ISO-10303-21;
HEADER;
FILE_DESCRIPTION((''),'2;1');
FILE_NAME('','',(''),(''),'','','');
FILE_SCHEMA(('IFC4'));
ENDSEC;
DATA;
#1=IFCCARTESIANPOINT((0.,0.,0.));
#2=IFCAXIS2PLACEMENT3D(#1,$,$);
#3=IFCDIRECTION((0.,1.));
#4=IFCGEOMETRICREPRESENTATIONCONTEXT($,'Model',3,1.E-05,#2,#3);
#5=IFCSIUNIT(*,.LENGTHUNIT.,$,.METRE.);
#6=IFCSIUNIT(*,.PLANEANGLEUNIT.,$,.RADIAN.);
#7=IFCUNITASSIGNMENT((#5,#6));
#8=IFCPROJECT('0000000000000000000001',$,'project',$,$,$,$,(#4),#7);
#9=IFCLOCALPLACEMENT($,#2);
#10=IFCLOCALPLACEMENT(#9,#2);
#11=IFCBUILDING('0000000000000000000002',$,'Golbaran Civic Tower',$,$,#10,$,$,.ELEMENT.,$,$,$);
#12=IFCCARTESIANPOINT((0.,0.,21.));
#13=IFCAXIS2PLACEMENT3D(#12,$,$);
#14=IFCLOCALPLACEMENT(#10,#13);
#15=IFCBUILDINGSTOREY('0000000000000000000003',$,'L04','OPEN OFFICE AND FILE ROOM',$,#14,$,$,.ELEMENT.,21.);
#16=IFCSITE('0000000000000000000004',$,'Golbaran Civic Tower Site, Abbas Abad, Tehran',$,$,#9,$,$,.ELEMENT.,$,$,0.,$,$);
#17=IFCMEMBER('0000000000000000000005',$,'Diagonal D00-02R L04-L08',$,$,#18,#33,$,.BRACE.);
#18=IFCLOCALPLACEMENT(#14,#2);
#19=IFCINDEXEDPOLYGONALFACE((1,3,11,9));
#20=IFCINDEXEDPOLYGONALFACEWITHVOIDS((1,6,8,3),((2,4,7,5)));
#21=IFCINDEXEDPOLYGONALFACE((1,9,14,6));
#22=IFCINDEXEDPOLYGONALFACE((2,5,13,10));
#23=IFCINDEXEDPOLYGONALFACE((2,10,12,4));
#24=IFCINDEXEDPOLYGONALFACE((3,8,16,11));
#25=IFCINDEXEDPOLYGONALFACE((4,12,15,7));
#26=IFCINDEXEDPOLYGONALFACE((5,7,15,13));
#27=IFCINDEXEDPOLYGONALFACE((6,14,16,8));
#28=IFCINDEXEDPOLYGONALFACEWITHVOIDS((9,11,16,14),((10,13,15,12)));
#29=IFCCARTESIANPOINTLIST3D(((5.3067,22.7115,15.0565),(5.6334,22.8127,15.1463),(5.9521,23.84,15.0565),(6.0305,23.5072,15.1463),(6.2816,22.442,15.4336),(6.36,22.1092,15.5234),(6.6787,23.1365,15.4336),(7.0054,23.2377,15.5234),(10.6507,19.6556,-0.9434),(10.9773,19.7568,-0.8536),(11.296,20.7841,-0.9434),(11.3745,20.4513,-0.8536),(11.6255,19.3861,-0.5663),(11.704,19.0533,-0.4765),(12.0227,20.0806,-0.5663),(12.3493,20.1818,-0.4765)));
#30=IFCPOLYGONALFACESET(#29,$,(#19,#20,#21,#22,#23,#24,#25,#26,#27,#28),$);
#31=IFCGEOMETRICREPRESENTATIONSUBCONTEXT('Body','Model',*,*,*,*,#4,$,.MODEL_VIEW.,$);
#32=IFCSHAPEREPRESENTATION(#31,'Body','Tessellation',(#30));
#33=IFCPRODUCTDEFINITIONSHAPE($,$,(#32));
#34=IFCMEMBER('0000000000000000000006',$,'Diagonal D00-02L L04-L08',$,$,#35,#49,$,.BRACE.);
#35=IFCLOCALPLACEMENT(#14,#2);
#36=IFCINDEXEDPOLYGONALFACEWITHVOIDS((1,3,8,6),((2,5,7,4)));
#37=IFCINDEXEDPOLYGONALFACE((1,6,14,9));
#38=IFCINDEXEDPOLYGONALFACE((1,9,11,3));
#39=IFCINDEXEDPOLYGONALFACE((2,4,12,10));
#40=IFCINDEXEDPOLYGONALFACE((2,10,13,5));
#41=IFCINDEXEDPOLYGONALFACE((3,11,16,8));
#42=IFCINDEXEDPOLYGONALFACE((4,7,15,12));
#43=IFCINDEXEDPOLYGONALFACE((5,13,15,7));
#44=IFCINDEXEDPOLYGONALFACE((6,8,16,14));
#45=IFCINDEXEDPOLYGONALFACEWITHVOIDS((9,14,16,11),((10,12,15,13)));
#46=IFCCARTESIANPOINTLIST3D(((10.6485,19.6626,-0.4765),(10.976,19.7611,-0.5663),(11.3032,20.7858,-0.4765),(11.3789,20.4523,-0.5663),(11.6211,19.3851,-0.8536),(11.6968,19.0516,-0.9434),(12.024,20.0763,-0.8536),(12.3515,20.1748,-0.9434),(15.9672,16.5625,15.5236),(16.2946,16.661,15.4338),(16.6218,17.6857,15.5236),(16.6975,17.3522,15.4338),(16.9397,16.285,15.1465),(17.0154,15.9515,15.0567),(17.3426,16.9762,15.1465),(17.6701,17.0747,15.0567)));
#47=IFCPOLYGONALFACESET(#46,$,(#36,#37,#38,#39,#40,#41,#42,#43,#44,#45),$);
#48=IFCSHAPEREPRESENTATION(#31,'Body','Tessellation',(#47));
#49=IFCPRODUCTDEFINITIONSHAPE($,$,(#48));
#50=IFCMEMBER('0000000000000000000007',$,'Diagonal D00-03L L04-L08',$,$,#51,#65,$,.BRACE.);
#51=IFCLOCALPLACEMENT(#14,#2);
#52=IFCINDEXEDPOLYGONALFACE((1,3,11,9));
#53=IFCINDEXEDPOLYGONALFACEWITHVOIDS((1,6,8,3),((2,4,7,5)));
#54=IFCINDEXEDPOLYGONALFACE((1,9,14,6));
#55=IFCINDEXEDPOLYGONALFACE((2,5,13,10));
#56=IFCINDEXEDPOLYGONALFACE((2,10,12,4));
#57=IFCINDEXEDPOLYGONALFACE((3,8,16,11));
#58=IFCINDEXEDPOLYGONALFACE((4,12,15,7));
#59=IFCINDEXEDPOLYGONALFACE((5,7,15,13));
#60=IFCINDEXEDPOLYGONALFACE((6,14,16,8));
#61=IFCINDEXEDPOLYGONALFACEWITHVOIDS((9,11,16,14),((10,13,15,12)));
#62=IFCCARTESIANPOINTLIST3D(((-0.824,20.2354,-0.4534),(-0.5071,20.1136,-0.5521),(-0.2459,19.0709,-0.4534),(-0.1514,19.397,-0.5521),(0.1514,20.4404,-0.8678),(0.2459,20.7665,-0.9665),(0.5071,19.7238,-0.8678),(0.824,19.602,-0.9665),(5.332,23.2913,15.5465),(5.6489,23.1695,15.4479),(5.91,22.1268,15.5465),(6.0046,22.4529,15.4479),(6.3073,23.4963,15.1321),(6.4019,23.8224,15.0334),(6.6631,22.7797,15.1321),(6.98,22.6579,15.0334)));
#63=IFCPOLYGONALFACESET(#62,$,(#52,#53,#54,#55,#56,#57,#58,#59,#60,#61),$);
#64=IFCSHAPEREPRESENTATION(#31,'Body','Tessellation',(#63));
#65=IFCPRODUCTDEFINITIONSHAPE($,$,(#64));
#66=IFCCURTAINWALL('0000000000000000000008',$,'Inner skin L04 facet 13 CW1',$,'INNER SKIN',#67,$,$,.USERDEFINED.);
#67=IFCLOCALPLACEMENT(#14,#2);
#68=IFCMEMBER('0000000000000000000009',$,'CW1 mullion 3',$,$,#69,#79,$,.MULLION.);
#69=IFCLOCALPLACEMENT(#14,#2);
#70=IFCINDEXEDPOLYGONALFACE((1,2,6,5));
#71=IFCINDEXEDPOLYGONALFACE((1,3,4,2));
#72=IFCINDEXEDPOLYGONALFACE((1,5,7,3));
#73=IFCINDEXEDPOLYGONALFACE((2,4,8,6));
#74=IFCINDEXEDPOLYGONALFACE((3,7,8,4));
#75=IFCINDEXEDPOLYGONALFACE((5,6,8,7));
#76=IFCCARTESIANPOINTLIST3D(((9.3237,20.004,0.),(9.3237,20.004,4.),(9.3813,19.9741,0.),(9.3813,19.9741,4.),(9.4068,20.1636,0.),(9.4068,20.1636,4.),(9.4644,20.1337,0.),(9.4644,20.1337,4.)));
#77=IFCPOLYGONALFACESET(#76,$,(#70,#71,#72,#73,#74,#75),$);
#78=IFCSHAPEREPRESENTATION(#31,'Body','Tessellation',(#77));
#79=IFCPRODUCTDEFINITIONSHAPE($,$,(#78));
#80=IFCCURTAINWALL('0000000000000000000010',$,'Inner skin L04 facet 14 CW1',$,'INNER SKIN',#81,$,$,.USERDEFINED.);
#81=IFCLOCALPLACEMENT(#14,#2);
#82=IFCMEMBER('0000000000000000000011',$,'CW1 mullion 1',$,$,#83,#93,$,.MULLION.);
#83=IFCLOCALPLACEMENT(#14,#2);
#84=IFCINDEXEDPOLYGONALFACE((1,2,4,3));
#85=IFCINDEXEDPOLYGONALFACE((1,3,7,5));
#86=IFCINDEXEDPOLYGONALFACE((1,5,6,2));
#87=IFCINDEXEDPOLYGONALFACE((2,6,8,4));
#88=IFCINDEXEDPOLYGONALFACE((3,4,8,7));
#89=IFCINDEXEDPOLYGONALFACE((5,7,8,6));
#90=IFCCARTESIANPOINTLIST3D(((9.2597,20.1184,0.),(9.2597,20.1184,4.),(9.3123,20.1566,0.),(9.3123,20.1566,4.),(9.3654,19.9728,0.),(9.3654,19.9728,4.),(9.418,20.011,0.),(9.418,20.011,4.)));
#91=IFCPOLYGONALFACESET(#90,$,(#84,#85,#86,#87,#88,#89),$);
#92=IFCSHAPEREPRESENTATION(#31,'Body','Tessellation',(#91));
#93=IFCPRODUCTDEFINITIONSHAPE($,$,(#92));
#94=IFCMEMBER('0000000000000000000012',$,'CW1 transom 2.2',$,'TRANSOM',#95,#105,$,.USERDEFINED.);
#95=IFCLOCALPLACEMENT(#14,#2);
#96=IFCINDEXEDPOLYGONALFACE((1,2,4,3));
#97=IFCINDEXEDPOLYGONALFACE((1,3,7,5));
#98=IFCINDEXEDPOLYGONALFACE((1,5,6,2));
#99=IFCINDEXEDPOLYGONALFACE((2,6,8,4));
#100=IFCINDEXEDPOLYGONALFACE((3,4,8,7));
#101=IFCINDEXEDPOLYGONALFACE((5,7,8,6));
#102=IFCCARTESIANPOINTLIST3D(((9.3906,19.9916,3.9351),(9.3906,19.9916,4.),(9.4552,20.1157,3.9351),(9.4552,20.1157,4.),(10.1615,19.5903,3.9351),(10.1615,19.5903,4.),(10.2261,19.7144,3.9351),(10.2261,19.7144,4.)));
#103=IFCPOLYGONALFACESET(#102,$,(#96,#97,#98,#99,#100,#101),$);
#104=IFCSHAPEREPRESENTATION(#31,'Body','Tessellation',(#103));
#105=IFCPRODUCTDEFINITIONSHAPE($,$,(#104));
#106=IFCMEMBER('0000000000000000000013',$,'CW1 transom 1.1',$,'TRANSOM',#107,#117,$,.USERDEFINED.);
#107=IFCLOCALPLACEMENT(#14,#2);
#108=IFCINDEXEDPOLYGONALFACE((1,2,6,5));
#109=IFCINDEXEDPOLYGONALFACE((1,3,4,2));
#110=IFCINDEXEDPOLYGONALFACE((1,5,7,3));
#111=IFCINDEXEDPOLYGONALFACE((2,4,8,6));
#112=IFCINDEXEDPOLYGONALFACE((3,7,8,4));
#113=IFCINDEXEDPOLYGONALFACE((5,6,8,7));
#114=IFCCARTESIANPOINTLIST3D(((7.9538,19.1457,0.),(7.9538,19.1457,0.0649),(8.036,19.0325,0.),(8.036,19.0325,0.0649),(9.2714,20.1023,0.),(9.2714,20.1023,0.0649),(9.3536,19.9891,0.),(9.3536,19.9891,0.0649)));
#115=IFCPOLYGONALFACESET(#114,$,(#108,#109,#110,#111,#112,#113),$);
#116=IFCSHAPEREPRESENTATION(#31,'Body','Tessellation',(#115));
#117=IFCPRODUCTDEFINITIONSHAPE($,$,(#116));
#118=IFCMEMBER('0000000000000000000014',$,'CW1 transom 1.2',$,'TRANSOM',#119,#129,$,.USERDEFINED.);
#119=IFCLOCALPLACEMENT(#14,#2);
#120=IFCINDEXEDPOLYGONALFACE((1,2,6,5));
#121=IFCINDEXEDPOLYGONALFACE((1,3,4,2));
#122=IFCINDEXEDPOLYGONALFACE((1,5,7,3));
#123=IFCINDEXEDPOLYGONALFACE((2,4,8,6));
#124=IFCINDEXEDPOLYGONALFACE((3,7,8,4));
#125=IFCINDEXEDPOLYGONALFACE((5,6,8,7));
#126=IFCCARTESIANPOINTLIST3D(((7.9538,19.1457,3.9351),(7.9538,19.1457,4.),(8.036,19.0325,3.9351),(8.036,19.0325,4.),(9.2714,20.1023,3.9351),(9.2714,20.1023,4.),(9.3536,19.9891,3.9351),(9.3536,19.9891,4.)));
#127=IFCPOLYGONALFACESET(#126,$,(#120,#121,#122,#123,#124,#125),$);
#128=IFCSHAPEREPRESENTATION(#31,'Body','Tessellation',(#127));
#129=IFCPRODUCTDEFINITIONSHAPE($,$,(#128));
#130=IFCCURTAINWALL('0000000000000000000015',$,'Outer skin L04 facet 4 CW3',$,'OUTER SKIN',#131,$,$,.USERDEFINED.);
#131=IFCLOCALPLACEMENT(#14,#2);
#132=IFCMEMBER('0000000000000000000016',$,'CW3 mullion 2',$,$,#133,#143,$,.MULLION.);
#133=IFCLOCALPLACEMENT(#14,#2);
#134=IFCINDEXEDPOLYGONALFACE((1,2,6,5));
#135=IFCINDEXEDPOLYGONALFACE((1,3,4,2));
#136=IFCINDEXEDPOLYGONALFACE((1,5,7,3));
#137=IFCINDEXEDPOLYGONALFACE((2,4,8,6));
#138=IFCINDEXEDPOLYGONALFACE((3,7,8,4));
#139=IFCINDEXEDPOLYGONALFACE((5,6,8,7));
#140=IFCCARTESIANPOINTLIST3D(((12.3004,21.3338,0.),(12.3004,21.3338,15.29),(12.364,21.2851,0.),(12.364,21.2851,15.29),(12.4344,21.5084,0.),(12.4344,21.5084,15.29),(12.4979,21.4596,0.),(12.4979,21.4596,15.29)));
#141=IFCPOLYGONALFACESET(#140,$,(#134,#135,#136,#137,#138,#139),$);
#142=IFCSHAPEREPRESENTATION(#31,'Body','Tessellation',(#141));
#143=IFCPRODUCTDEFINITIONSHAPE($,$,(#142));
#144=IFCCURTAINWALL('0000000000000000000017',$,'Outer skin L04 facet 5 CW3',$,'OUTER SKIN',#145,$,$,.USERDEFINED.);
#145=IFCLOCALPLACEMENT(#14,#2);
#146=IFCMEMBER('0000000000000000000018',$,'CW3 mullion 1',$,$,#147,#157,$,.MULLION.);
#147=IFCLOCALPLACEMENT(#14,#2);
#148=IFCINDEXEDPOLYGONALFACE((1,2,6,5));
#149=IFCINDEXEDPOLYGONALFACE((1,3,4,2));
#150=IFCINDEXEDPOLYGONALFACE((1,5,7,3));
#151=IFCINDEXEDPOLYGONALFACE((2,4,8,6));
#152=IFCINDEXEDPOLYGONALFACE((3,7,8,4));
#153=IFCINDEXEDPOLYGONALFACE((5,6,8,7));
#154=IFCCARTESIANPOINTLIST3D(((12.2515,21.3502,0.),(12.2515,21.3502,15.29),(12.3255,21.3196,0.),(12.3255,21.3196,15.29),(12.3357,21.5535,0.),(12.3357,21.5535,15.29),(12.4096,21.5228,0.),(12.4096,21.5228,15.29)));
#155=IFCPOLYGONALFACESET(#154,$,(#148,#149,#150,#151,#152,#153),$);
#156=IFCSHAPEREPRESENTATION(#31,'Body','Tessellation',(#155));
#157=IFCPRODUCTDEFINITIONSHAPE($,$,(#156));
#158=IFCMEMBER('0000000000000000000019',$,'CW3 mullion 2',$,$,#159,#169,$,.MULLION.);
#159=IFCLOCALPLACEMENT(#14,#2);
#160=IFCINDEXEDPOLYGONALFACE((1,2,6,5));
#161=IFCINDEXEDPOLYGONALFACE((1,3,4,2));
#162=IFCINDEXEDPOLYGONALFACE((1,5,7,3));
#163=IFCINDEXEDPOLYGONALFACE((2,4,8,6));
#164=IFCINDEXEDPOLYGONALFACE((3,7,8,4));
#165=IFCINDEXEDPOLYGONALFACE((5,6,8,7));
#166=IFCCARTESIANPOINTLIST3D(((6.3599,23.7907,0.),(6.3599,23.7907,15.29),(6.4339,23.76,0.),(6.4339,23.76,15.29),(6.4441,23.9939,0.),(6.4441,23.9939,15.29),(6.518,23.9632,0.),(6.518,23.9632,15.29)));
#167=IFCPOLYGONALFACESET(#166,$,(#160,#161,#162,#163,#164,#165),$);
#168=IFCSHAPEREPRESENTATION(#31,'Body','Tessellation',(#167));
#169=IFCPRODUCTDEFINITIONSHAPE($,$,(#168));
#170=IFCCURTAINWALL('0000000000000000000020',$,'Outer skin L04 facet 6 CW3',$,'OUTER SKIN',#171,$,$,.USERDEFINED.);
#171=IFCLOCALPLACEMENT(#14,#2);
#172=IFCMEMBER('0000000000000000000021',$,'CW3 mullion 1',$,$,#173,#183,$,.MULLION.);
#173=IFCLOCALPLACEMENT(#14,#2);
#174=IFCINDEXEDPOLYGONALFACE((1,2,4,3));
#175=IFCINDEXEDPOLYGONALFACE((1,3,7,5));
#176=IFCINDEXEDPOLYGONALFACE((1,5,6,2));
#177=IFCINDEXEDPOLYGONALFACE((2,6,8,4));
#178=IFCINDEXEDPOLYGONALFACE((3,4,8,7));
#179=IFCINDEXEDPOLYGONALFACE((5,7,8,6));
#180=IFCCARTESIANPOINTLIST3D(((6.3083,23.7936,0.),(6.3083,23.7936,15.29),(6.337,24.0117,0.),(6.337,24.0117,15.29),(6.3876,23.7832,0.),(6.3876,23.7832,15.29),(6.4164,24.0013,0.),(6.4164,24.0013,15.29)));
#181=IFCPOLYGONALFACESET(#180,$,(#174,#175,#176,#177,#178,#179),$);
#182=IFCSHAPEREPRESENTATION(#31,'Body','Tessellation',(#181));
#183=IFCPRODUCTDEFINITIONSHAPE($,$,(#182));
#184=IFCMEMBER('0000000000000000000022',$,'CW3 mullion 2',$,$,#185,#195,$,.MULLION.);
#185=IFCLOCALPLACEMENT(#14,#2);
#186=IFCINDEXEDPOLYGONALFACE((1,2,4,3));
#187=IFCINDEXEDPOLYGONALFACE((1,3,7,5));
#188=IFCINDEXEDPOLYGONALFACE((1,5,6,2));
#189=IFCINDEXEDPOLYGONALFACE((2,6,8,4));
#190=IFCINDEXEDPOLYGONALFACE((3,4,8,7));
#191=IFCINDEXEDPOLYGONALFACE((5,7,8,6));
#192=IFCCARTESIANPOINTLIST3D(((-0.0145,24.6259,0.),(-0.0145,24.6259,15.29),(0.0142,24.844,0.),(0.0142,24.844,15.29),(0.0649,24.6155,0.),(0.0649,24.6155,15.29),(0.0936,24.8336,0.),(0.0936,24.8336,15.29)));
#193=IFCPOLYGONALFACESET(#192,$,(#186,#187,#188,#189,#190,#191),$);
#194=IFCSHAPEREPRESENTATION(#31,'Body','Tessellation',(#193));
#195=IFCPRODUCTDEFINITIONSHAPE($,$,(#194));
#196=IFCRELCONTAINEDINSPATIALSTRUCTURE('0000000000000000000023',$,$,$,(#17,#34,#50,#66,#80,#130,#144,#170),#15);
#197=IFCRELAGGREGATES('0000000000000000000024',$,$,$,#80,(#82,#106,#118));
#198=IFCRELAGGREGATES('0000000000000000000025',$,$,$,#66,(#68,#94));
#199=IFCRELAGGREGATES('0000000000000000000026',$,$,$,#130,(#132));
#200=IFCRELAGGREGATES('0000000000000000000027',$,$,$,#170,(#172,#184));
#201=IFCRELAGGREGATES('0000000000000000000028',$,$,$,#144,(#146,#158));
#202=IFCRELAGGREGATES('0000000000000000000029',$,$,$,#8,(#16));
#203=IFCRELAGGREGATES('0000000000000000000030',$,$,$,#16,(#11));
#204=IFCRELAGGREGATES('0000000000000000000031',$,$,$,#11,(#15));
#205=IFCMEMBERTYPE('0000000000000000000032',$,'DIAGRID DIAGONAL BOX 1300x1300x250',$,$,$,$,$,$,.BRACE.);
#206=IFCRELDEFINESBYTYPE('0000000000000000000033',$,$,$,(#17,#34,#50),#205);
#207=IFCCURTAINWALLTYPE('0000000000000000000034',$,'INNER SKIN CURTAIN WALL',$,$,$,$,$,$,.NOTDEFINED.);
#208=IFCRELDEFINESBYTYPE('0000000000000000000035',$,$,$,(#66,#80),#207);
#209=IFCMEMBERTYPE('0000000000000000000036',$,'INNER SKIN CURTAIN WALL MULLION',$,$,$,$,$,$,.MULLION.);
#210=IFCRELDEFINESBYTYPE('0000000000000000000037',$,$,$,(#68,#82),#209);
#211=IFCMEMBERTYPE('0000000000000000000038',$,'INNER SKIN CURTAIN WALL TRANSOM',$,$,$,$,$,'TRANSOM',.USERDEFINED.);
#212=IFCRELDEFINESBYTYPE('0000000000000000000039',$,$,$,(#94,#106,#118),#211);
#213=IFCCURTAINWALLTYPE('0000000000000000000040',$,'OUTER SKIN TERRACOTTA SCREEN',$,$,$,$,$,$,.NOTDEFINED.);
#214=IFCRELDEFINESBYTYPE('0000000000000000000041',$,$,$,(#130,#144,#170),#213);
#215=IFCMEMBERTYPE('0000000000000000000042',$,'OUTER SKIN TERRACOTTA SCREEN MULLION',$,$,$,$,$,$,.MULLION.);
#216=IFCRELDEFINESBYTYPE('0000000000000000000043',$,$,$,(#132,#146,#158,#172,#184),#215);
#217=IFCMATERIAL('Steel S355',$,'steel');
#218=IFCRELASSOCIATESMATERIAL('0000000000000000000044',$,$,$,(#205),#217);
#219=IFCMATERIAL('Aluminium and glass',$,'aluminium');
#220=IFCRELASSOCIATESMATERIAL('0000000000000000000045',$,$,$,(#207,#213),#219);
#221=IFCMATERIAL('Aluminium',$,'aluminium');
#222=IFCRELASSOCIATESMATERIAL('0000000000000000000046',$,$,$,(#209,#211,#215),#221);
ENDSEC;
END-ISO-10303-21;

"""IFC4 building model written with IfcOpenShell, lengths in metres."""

from ifc_helpers import new_model, si_unit, direction, frame, origin, origin_2d, place, context, subcontext, project, spatial, rectangle, hollow_rectangle, extrude, material, material_profile, profile_set, type_object, element, aggregate, save


model = new_model("IFC4")

# Units and contexts
model_context = context("Model", 3, precision=1e-05, world=origin(), true_north=direction((0.0, 1.0)))
body_context = subcontext(model_context, "Body", "Model", "MODEL_VIEW")
ifc_project = project(units=[si_unit("LENGTHUNIT", "METRE"), si_unit("PLANEANGLEUNIT", "RADIAN")], contexts=[model_context])

# Site, building, storey
site_placement = place(None, origin())
site = spatial("IfcSite", under=ifc_project, at=site_placement, Name="Golbaran Civic Tower Site, Abbas Abad, Tehran", CompositionType="ELEMENT", RefElevation=0.0)
building_placement = place(site_placement, origin())
building = spatial("IfcBuilding", under=site, at=building_placement, Name="Golbaran Civic Tower", CompositionType="ELEMENT")
storey_placement = place(building_placement, frame((0.0, 0.0, 21.0)))
storey = spatial("IfcBuildingStorey", under=building, at=storey_placement, Name="L04", Description="OPEN OFFICE AND FILE ROOM", CompositionType="ELEMENT", Elevation=21.0)

# Members
ifc_material_1 = material(Name="Steel S355", Category="steel")
ifc_material_profile_1 = material_profile(ifc_material_1, hollow_rectangle(XDim=1.3, YDim=1.3, WallThickness=0.25, at=origin_2d()), Name="BOX 1300x1300x250")
ifc_profile_set_1 = profile_set([ifc_material_profile_1], Name="Steel S355")
member_type_1 = type_object("IfcMemberType", Name="DIAGRID DIAGONAL BOX 1300x1300x250", PredefinedType="BRACE", material=ifc_profile_set_1)
member_1_placement = place(storey_placement, frame((11.5, 19.9187, -0.71), z_axis=(-0.311723, 0.178255, 0.933303), x_axis=(-0.496408, -0.868089, 0.0)))
element("IfcMember", 1, at=member_1_placement, inside=storey, type_object=member_type_1, Name="Diagonal D00-02R L04-L08", PredefinedType="BRACE", context=body_context, shape_type="SweptSolid", body=[
    extrude(hollow_rectangle(XDim=1.3, YDim=1.3, WallThickness=0.25, at=origin_2d()), origin(), (0.0, 0.0, 1.0), 17.1433),
])
member_2_placement = place(storey_placement, frame((11.5, 19.9187, -0.71), z_axis=(0.310241, -0.180833, 0.933301), x_axis=(0.503578, 0.86395, 0.0)))
element("IfcMember", 2, at=member_2_placement, inside=storey, type_object=member_type_1, Name="Diagonal D00-02L L04-L08", PredefinedType="BRACE", context=body_context, shape_type="SweptSolid", body=[
    extrude(hollow_rectangle(XDim=1.3, YDim=1.3, WallThickness=0.25, at=origin_2d()), origin(), (0.0, 0.0, 1.0), 17.1436),
])
member_3_placement = place(storey_placement, frame((0.0, 19.9187, -0.71), z_axis=(0.353516, 0.175489, 0.91882), x_axis=(-0.44464, 0.895709, 0.0)))
element("IfcMember", 3, at=member_3_placement, inside=storey, type_object=member_type_1, Name="Diagonal D00-03L L04-L08", PredefinedType="BRACE", context=body_context, shape_type="SweptSolid", body=[
    extrude(hollow_rectangle(XDim=1.3, YDim=1.3, WallThickness=0.25, at=origin_2d()), origin(), (0.0, 0.0, 1.0), 17.4136),
])

# Curtain walls, members
ifc_material_2 = material(Name="Aluminium and glass", Category="aluminium")
curtain_wall_type_1 = type_object("IfcCurtainWallType", Name="INNER SKIN CURTAIN WALL", PredefinedType="NOTDEFINED", material=ifc_material_2)
curtain_wall_1_placement = place(storey_placement, origin())
curtain_wall_1 = element("IfcCurtainWall", 4, at=curtain_wall_1_placement, inside=storey, type_object=curtain_wall_type_1, Name="Inner skin L04 facet 13 CW1", ObjectType="INNER SKIN", PredefinedType="USERDEFINED")
ifc_material_3 = material(Name="Aluminium", Category="aluminium")
ifc_material_profile_2 = material_profile(ifc_material_3, rectangle(XDim=0.1799, YDim=0.0649, at=origin_2d()), Name="INNER SKIN CURTAIN WALL MULLION")
ifc_profile_set_2 = profile_set([ifc_material_profile_2], Name="Aluminium")
member_type_2 = type_object("IfcMemberType", Name="INNER SKIN CURTAIN WALL MULLION", PredefinedType="MULLION", material=ifc_profile_set_2)
member_4_placement = place(storey_placement, frame((9.394, 20.0688, 0.0), z_axis=(0.0, 0.0, 1.0), x_axis=(-0.461749, -0.887011, 0.0)))
member_4 = element("IfcMember", 5, at=member_4_placement, type_object=member_type_2, Name="CW1 mullion 3", PredefinedType="MULLION", context=body_context, shape_type="SweptSolid", body=[
    extrude(rectangle(XDim=0.1799, YDim=0.0649, at=origin_2d()), origin(), (0.0, 0.0, 1.0), 4.0),
])
curtain_wall_2_placement = place(storey_placement, origin())
curtain_wall_2 = element("IfcCurtainWall", 6, at=curtain_wall_2_placement, inside=storey, type_object=curtain_wall_type_1, Name="Inner skin L04 facet 14 CW1", ObjectType="INNER SKIN", PredefinedType="USERDEFINED")
member_5_placement = place(storey_placement, frame((9.3389, 20.0647, 0.0), z_axis=(0.0, 0.0, 1.0), x_axis=(0.587431, -0.809274, 0.0)))
member_5 = element("IfcMember", 7, at=member_5_placement, type_object=member_type_2, Name="CW1 mullion 1", PredefinedType="MULLION", context=body_context, shape_type="SweptSolid", body=[
    extrude(rectangle(XDim=0.1799, YDim=0.0649, at=origin_2d()), origin(), (0.0, 0.0, 1.0), 4.0),
])

# Members
ifc_material_profile_3 = material_profile(ifc_material_3, rectangle(XDim=0.1399, YDim=0.0649, at=origin_2d()), Name="INNER SKIN CURTAIN WALL TRANSOM")
ifc_profile_set_3 = profile_set([ifc_material_profile_3], Name="Aluminium")
member_type_3 = type_object("IfcMemberType", Name="INNER SKIN CURTAIN WALL TRANSOM", ElementType="TRANSOM", PredefinedType="USERDEFINED", material=ifc_profile_set_3)
member_6_placement = place(storey_placement, frame((10.1938, 19.6523, 3.9675), z_axis=(-0.887005, 0.461759, 0.0), x_axis=(-0.461759, -0.887005, 0.0)))
member_6 = element("IfcMember", 8, at=member_6_placement, type_object=member_type_3, Name="CW1 transom 2.2", ObjectType="TRANSOM", PredefinedType="USERDEFINED", context=body_context, shape_type="SweptSolid", body=[
    extrude(rectangle(XDim=0.1399, YDim=0.0649, at=origin_2d()), origin(), (0.0, 0.0, 1.0), 0.8691),
])
member_7_placement = place(storey_placement, frame((9.3125, 20.0457, 0.0325), z_axis=(-0.809242, -0.587476, 0.0), x_axis=(0.587476, -0.809242, 0.0)))
member_7 = element("IfcMember", 9, at=member_7_placement, type_object=member_type_3, Name="CW1 transom 1.1", ObjectType="TRANSOM", PredefinedType="USERDEFINED", context=body_context, shape_type="SweptSolid", body=[
    extrude(rectangle(XDim=0.1399, YDim=0.0649, at=origin_2d()), origin(), (0.0, 0.0, 1.0), 1.6282),
])
member_8_placement = place(storey_placement, frame((9.3125, 20.0457, 3.9675), z_axis=(-0.809242, -0.587476, 0.0), x_axis=(0.587476, -0.809242, 0.0)))
member_8 = element("IfcMember", 10, at=member_8_placement, type_object=member_type_3, Name="CW1 transom 1.2", ObjectType="TRANSOM", PredefinedType="USERDEFINED", context=body_context, shape_type="SweptSolid", body=[
    extrude(rectangle(XDim=0.1399, YDim=0.0649, at=origin_2d()), origin(), (0.0, 0.0, 1.0), 1.6282),
])
aggregate(curtain_wall_2, [member_5, member_7, member_8])

# Curtain wall, member
curtain_wall_type_2 = type_object("IfcCurtainWallType", Name="OUTER SKIN TERRACOTTA SCREEN", PredefinedType="NOTDEFINED", material=ifc_material_2)
curtain_wall_3_placement = place(storey_placement, origin())
curtain_wall_3 = element("IfcCurtainWall", 11, at=curtain_wall_3_placement, inside=storey, type_object=curtain_wall_type_2, Name="Outer skin L04 facet 4 CW3", ObjectType="OUTER SKIN", PredefinedType="USERDEFINED")
ifc_material_profile_4 = material_profile(ifc_material_3, rectangle(XDim=0.22, YDim=0.0801, at=origin_2d()), Name="OUTER SKIN TERRACOTTA SCREEN MULLION")
ifc_profile_set_4 = profile_set([ifc_material_profile_4], Name="Aluminium")
member_type_4 = type_object("IfcMemberType", Name="OUTER SKIN TERRACOTTA SCREEN MULLION", PredefinedType="MULLION", material=ifc_profile_set_4)
member_9_placement = place(storey_placement, frame((12.3992, 21.3967, 0.0), z_axis=(0.0, 0.0, 1.0), x_axis=(-0.608761, -0.793353, 0.0)))
member_9 = element("IfcMember", 12, at=member_9_placement, type_object=member_type_4, Name="CW3 mullion 2", PredefinedType="MULLION", context=body_context, shape_type="SweptSolid", body=[
    extrude(rectangle(XDim=0.22, YDim=0.0801, at=origin_2d()), origin(), (0.0, 0.0, 1.0), 15.29),
])

# Curtain walls, members
curtain_wall_4_placement = place(storey_placement, origin())
curtain_wall_4 = element("IfcCurtainWall", 13, at=curtain_wall_4_placement, inside=storey, type_object=curtain_wall_type_2, Name="Outer skin L04 facet 5 CW3", ObjectType="OUTER SKIN", PredefinedType="USERDEFINED")
member_10_placement = place(storey_placement, frame((12.3306, 21.4365, 0.0), z_axis=(0.0, 0.0, 1.0), x_axis=(-0.382683, -0.92388, 0.0)))
member_10 = element("IfcMember", 14, at=member_10_placement, type_object=member_type_4, Name="CW3 mullion 1", PredefinedType="MULLION", context=body_context, shape_type="SweptSolid", body=[
    extrude(rectangle(XDim=0.22, YDim=0.0801, at=origin_2d()), origin(), (0.0, 0.0, 1.0), 15.29),
])
member_11_placement = place(storey_placement, frame((6.439, 23.877, 0.0), z_axis=(0.0, 0.0, 1.0), x_axis=(-0.382683, -0.92388, 0.0)))
member_11 = element("IfcMember", 15, at=member_11_placement, type_object=member_type_4, Name="CW3 mullion 2", PredefinedType="MULLION", context=body_context, shape_type="SweptSolid", body=[
    extrude(rectangle(XDim=0.22, YDim=0.0801, at=origin_2d()), origin(), (0.0, 0.0, 1.0), 15.29),
])
curtain_wall_5_placement = place(storey_placement, origin())
curtain_wall_5 = element("IfcCurtainWall", 16, at=curtain_wall_5_placement, inside=storey, type_object=curtain_wall_type_2, Name="Outer skin L04 facet 6 CW3", ObjectType="OUTER SKIN", PredefinedType="USERDEFINED")
member_12_placement = place(storey_placement, frame((6.3623, 23.8975, 0.0), z_axis=(0.0, 0.0, 1.0), x_axis=(-0.130526, -0.991445, 0.0)))
member_12 = element("IfcMember", 17, at=member_12_placement, type_object=member_type_4, Name="CW3 mullion 1", PredefinedType="MULLION", context=body_context, shape_type="SweptSolid", body=[
    extrude(rectangle(XDim=0.22, YDim=0.0801, at=origin_2d()), origin(), (0.0, 0.0, 1.0), 15.29),
])
member_13_placement = place(storey_placement, frame((0.0396, 24.7297, 0.0), z_axis=(0.0, 0.0, 1.0), x_axis=(-0.130526, -0.991445, 0.0)))
member_13 = element("IfcMember", 18, at=member_13_placement, type_object=member_type_4, Name="CW3 mullion 2", PredefinedType="MULLION", context=body_context, shape_type="SweptSolid", body=[
    extrude(rectangle(XDim=0.22, YDim=0.0801, at=origin_2d()), origin(), (0.0, 0.0, 1.0), 15.29),
])

aggregate(curtain_wall_1, [member_4, member_6])
aggregate(curtain_wall_3, [member_9])
aggregate(curtain_wall_5, [member_12, member_13])
aggregate(curtain_wall_4, [member_10, member_11])

save(model, "model.ifc")
